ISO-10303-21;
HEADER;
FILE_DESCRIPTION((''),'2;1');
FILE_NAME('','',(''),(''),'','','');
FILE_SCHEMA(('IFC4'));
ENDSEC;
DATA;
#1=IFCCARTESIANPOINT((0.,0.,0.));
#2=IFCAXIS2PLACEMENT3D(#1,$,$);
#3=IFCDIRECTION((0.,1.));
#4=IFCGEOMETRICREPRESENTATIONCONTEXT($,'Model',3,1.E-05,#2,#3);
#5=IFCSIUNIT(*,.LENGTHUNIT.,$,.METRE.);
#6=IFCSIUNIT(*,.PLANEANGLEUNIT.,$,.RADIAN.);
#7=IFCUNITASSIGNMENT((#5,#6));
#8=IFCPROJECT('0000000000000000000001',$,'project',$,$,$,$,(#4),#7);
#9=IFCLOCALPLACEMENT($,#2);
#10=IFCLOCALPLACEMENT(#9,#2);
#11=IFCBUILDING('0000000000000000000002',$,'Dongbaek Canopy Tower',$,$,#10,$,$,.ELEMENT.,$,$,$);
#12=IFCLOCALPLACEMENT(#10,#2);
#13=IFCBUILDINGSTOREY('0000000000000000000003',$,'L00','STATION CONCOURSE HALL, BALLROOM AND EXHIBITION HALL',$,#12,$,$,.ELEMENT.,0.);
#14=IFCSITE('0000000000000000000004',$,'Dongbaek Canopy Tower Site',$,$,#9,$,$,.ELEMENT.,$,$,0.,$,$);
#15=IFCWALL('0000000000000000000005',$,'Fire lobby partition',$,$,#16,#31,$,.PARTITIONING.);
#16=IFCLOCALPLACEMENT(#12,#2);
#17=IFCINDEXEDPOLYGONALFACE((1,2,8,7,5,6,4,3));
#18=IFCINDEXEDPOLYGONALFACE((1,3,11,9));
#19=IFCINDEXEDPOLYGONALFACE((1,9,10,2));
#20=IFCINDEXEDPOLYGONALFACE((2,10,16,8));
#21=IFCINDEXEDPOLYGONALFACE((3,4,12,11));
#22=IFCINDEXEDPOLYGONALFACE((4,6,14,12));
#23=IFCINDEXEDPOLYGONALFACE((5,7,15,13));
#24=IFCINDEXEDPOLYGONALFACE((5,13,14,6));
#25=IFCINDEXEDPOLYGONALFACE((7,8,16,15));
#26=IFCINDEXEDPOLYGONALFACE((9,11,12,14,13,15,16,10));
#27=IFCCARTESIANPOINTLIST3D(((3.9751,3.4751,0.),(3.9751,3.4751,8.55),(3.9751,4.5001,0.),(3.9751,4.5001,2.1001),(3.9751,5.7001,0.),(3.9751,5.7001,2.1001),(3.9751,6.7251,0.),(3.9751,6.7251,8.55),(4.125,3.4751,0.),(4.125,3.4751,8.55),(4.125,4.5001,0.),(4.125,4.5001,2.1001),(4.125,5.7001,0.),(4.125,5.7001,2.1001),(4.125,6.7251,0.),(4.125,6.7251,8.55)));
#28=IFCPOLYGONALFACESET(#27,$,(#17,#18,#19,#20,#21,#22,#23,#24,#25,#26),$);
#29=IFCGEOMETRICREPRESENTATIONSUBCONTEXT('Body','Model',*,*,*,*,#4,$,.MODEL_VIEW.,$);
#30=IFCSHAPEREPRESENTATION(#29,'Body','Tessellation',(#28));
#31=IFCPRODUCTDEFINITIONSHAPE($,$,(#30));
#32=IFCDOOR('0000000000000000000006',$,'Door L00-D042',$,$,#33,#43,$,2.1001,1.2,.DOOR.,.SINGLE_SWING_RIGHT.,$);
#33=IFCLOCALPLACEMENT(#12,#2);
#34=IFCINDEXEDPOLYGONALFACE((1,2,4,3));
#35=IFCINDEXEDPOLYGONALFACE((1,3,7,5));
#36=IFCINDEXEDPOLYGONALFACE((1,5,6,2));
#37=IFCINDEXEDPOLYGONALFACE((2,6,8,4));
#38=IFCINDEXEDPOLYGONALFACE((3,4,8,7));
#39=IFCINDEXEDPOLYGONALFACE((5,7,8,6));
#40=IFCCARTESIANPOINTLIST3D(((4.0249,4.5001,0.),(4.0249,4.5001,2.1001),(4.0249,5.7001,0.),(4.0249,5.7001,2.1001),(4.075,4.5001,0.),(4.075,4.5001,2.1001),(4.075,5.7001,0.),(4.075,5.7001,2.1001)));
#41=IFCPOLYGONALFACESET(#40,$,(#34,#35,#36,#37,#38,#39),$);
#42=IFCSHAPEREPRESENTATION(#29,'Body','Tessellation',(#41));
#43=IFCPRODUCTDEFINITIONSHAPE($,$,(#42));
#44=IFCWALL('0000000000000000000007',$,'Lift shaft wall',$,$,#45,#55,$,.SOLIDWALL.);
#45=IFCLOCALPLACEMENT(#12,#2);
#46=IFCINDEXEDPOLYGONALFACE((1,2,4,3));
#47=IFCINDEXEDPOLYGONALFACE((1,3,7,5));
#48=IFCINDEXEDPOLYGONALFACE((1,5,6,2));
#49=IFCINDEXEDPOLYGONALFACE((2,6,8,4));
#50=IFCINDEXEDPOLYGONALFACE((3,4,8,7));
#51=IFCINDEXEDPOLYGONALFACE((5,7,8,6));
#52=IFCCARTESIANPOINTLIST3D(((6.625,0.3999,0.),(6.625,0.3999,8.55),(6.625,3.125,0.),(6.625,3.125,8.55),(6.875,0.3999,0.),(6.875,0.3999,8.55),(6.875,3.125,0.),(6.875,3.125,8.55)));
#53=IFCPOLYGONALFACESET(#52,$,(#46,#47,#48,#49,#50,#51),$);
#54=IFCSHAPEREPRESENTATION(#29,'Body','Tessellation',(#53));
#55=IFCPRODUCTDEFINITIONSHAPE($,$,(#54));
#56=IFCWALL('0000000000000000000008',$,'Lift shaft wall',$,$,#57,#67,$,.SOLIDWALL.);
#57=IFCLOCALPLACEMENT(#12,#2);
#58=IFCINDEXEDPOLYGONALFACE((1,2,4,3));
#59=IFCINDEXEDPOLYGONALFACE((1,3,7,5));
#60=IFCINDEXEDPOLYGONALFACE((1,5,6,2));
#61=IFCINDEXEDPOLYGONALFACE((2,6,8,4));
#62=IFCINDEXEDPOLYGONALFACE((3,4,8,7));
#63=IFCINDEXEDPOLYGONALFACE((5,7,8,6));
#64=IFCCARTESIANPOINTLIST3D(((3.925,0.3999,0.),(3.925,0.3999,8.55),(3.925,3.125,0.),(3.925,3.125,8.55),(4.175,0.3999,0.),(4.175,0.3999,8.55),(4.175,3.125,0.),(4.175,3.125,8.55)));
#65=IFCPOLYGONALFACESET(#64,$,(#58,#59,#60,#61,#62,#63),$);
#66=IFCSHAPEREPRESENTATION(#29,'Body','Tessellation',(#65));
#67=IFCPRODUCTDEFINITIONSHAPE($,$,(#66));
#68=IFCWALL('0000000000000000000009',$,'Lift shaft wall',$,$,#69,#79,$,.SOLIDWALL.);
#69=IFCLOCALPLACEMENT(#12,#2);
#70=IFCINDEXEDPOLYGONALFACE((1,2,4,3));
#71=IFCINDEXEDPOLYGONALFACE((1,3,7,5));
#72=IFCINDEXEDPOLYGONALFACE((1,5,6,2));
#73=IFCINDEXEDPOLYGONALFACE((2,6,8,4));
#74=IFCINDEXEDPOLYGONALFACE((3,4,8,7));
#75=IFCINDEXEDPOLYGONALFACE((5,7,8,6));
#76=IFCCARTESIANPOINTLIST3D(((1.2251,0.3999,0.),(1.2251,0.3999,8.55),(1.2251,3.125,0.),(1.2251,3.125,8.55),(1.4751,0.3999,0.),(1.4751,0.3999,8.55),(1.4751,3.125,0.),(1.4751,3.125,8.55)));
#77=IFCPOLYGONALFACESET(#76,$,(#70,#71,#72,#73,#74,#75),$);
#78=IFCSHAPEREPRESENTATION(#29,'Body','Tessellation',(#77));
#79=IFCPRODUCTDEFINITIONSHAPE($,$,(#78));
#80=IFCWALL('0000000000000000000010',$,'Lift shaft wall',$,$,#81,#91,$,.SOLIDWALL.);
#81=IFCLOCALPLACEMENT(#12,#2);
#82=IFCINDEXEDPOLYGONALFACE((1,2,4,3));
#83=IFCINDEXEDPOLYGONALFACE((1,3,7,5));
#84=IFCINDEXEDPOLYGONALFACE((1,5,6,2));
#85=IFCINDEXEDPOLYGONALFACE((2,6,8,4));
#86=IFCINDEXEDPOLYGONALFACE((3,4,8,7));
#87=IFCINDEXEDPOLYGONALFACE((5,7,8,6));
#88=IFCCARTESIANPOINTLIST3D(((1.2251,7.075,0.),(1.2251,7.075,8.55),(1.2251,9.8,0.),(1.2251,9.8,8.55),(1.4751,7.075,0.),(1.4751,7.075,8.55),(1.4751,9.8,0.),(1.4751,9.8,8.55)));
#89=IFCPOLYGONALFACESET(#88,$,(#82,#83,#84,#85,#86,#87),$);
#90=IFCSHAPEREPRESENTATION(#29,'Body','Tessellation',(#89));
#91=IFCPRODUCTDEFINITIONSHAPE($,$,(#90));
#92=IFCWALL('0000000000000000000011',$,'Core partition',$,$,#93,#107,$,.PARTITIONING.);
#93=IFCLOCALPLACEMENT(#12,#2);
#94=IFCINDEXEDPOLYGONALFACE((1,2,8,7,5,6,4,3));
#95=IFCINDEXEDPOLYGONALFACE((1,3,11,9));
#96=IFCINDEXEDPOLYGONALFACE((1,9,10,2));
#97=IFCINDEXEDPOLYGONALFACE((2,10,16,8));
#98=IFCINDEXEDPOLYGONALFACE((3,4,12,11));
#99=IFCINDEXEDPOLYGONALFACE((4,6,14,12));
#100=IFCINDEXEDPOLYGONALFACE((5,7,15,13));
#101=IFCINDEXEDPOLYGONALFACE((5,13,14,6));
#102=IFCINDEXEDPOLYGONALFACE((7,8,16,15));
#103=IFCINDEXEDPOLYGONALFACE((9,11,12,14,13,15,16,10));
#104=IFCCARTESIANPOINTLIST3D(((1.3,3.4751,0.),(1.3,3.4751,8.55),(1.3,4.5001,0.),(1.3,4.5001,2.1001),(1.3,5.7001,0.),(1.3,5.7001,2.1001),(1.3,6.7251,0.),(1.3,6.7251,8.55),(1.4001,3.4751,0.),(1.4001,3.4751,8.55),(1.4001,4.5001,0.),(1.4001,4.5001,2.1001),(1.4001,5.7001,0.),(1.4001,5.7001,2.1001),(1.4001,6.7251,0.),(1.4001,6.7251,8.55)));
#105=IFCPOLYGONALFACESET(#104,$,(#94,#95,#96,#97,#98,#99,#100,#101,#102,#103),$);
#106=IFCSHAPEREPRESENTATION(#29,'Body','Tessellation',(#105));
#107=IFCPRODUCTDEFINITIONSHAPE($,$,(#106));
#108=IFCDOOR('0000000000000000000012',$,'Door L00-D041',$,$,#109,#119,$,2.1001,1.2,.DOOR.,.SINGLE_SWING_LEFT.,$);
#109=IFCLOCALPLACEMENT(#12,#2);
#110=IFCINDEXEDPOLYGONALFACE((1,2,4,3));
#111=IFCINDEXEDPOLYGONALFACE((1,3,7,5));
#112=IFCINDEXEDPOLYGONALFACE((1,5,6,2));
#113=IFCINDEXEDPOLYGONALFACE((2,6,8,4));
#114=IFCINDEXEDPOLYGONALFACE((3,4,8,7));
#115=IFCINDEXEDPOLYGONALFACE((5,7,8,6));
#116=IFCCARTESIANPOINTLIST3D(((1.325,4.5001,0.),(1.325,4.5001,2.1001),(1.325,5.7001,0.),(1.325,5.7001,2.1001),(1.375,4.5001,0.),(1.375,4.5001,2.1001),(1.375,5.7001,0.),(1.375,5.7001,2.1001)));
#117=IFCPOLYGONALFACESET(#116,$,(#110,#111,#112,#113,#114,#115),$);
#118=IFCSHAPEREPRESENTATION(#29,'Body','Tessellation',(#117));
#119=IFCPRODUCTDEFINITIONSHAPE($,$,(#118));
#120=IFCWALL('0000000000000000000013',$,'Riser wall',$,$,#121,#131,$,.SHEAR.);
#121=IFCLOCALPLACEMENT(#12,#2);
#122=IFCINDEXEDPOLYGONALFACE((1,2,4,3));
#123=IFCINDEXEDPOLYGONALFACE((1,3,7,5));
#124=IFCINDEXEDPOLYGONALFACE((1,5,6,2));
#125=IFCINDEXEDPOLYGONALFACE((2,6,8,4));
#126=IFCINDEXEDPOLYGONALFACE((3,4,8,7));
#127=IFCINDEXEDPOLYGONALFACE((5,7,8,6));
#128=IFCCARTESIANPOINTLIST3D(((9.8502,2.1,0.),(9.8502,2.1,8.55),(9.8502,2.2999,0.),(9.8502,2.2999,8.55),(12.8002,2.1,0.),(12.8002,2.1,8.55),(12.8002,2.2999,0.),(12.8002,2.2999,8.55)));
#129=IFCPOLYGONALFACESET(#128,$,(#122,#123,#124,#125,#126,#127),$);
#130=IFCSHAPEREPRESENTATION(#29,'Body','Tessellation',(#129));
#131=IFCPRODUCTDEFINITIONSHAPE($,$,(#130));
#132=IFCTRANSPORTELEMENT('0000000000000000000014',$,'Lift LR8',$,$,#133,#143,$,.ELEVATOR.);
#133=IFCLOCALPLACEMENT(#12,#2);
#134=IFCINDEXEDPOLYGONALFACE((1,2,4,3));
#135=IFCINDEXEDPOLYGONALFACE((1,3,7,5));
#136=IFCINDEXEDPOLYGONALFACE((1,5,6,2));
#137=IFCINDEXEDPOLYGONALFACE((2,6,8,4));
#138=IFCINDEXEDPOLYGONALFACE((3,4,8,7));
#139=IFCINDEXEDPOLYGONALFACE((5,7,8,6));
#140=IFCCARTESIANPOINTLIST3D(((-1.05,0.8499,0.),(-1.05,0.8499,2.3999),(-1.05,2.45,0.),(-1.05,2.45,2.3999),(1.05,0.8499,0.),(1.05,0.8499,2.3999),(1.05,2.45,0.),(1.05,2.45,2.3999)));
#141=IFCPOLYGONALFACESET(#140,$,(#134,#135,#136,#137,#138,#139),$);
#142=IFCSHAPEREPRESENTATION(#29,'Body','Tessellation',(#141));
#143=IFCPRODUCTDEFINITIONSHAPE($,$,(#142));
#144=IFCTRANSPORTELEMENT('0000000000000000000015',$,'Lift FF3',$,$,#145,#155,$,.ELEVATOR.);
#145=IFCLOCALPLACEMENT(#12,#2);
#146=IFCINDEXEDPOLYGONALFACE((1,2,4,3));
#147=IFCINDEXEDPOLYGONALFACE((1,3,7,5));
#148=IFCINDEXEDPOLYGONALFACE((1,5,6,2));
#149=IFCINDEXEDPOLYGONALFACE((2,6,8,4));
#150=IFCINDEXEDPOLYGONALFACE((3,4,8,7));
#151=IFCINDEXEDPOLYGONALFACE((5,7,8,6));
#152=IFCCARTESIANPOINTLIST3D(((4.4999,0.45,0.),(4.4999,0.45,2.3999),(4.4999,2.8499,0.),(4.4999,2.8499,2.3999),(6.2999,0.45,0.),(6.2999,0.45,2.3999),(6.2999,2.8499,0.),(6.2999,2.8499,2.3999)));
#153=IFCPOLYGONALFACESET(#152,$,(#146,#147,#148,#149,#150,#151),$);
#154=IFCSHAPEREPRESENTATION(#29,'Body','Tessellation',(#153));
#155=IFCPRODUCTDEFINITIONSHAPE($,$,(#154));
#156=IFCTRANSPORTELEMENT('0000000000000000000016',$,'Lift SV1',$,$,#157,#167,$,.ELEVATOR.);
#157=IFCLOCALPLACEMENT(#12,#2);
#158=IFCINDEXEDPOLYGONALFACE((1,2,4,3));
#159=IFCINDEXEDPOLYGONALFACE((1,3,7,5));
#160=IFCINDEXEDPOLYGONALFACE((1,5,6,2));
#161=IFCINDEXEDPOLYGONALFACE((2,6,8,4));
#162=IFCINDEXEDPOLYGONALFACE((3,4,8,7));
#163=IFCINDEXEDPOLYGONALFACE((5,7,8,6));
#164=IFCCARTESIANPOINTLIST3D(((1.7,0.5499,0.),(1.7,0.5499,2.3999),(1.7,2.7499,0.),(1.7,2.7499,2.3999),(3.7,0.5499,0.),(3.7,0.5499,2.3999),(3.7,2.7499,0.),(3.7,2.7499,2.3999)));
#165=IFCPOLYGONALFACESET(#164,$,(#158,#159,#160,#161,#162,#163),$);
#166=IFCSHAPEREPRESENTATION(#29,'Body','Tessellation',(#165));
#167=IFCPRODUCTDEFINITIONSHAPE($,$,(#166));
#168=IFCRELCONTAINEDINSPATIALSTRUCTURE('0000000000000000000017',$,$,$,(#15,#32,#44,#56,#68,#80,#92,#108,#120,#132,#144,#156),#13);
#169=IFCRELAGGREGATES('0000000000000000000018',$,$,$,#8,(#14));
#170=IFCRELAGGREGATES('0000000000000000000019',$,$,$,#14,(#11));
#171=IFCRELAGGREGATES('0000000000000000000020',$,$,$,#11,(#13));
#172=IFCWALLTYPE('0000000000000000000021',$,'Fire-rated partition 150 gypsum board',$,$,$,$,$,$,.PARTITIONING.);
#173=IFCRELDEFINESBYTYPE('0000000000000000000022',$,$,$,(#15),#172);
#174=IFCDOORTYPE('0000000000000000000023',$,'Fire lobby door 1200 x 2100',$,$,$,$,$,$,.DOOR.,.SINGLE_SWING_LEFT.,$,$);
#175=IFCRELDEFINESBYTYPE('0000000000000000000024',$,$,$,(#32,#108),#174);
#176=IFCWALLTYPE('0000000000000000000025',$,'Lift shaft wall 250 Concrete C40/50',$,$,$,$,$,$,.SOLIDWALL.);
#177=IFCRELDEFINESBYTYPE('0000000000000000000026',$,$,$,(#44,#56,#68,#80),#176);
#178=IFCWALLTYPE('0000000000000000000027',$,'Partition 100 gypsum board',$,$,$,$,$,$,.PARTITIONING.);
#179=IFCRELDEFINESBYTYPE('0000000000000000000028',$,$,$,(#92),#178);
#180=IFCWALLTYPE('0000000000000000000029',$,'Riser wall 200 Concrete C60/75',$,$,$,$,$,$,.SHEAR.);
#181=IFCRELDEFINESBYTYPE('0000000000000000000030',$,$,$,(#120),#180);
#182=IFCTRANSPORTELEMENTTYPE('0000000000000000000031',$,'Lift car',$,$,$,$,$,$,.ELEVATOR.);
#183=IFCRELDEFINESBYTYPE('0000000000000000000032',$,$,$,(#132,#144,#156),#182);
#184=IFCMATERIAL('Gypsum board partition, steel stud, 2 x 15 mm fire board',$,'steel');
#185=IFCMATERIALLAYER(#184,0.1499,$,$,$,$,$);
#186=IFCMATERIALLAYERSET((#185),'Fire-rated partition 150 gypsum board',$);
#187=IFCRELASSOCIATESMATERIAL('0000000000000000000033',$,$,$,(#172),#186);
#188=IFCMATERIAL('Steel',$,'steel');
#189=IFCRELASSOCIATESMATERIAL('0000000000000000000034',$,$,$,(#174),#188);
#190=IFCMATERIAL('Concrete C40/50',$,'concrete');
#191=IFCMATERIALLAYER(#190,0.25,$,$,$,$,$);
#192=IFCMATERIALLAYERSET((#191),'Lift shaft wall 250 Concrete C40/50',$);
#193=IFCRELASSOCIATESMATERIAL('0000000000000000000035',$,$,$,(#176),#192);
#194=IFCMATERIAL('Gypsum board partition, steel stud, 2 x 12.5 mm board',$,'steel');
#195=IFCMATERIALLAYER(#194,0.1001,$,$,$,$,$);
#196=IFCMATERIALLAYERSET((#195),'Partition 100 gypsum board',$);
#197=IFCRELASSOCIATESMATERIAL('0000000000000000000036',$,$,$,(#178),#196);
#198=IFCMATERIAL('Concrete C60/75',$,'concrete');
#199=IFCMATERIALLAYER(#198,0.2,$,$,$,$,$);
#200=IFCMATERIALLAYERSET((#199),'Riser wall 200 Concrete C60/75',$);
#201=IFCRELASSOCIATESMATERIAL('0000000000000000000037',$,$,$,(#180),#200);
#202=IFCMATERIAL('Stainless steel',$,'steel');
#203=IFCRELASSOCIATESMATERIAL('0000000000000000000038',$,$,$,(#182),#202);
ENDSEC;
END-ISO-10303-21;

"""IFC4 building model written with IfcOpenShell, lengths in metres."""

from ifc_helpers import new_model, si_unit, direction, frame, frame_2d, origin, origin_2d, place, context, subcontext, project, spatial, rectangle, extrude, material, layer, layer_set, type_object, element, fill, save


model = new_model("IFC4")

# Units and contexts
model_context = context("Model", 3, precision=1e-05, world=origin(), true_north=direction((0.0, 1.0)))
body_context = subcontext(model_context, "Body", "Model", "MODEL_VIEW")
ifc_project = project(units=[si_unit("LENGTHUNIT", "METRE"), si_unit("PLANEANGLEUNIT", "RADIAN")], contexts=[model_context])

# Site, building, storey
site_placement = place(None, origin())
site = spatial("IfcSite", under=ifc_project, at=site_placement, Name="Dongbaek Canopy Tower Site", CompositionType="ELEMENT", RefElevation=0.0)
building_placement = place(site_placement, origin())
building = spatial("IfcBuilding", under=site, at=building_placement, Name="Dongbaek Canopy Tower", CompositionType="ELEMENT")
storey_placement = place(building_placement, origin())
storey = spatial("IfcBuildingStorey", under=building, at=storey_placement, Name="L00", Description="STATION CONCOURSE HALL, BALLROOM AND EXHIBITION HALL", CompositionType="ELEMENT", Elevation=0.0)

# Wall, opening, door
ifc_material_1 = material(Name="Gypsum board partition, steel stud, 2 x 15 mm fire board", Category="steel")
ifc_layer_1 = layer(ifc_material_1, 0.1499)
ifc_layer_set_1 = layer_set([ifc_layer_1], Name="Fire-rated partition 150 gypsum board")
wall_type_1 = type_object("IfcWallType", Name="Fire-rated partition 150 gypsum board", PredefinedType="PARTITIONING", material=ifc_layer_set_1)
wall_1_placement = place(storey_placement, frame((4.05, 6.7251, 0.0), z_axis=(0.0, 0.0, 1.0), x_axis=(0.0, -1.0, 0.0)))
wall_1 = element("IfcWall", 1, at=wall_1_placement, inside=storey, type_object=wall_type_1, Name="Fire lobby partition", PredefinedType="PARTITIONING", context=body_context, shape_type="SweptSolid", body=[
    extrude(rectangle(XDim=3.25, YDim=0.1499, at=frame_2d((1.625, 0.0))), origin(), (0.0, 0.0, 1.0), 8.55),
])
opening_1_placement = place(wall_1_placement, frame((1.0249, 0.0, 0.0)))
opening_1 = element("IfcOpeningElement", 2, at=opening_1_placement, cuts=wall_1, PredefinedType="OPENING", context=body_context, shape_type="SweptSolid", body=[
    extrude(rectangle(XDim=1.2, YDim=2.1001, at=frame_2d((0.6001, 1.05))), frame((0.0, 0.085, 0.0), z_axis=(0.0, -1.0, 0.0), x_axis=(1.0, 0.0, 0.0)), (0.0, 0.0, 1.0), 0.1699),
])
ifc_material_2 = material(Name="Steel", Category="steel")
door_type_1 = type_object("IfcDoorType", Name="Fire lobby door 1200 x 2100", OperationType="SINGLE_SWING_LEFT", PredefinedType="DOOR", material=ifc_material_2)
door_1_placement = place(opening_1_placement, origin())
door_1 = element("IfcDoor", 3, at=door_1_placement, inside=storey, type_object=door_type_1, Name="Door L00-D042", OperationType="SINGLE_SWING_RIGHT", OverallHeight=2.1001, OverallWidth=1.2, PredefinedType="DOOR", context=body_context, shape_type="SweptSolid", body=[
    extrude(rectangle(XDim=1.2, YDim=2.1001, at=frame_2d((0.6001, 1.05))), frame((0.0, 0.0249, 0.0), z_axis=(0.0, -1.0, 0.0), x_axis=(1.0, 0.0, 0.0)), (0.0, 0.0, 1.0), 0.05),
])
fill(opening_1, door_1)

# Walls
ifc_material_3 = material(Name="Concrete C40/50", Category="concrete")
ifc_layer_2 = layer(ifc_material_3, 0.25)
ifc_layer_set_2 = layer_set([ifc_layer_2], Name="Lift shaft wall 250 Concrete C40/50")
wall_type_2 = type_object("IfcWallType", Name="Lift shaft wall 250 Concrete C40/50", PredefinedType="SOLIDWALL", material=ifc_layer_set_2)
for number, where, z_axis, x_axis, name in (
    (4, (6.75, 0.3999, 0.0), (0.0, 0.0, 1.0), (0.0, 1.0, 0.0), "Lift shaft wall"),
    (5, (4.05, 0.3999, 0.0), (0.0, 0.0, 1.0), (0.0, 1.0, 0.0), "Lift shaft wall"),
    (6, (1.3501, 0.3999, 0.0), (0.0, 0.0, 1.0), (0.0, 1.0, 0.0), "Lift shaft wall"),
    (7, (1.3501, 7.075, 0.0), (0.0, 0.0, 1.0), (0.0, 1.0, 0.0), "Lift shaft wall"),
):
    element("IfcWall", number, at=place(storey_placement, frame(where, z_axis=z_axis, x_axis=x_axis)), inside=storey, type_object=wall_type_2, Name=name, PredefinedType="SOLIDWALL", context=body_context, shape_type="SweptSolid", body=[
        extrude(rectangle(XDim=2.7251, YDim=0.25, at=frame_2d((1.3625, 0.0))), origin(), (0.0, 0.0, 1.0), 8.55),
    ])

# Wall, opening, door
ifc_material_4 = material(Name="Gypsum board partition, steel stud, 2 x 12.5 mm board", Category="steel")
ifc_layer_3 = layer(ifc_material_4, 0.1001)
ifc_layer_set_3 = layer_set([ifc_layer_3], Name="Partition 100 gypsum board")
wall_type_3 = type_object("IfcWallType", Name="Partition 100 gypsum board", PredefinedType="PARTITIONING", material=ifc_layer_set_3)
wall_2_placement = place(storey_placement, frame((1.3501, 6.7251, 0.0), z_axis=(0.0, 0.0, 1.0), x_axis=(0.0, -1.0, 0.0)))
wall_2 = element("IfcWall", 8, at=wall_2_placement, inside=storey, type_object=wall_type_3, Name="Core partition", PredefinedType="PARTITIONING", context=body_context, shape_type="SweptSolid", body=[
    extrude(rectangle(XDim=3.25, YDim=0.1001, at=frame_2d((1.625, 0.0))), origin(), (0.0, 0.0, 1.0), 8.55),
])
opening_2_placement = place(wall_2_placement, frame((1.0249, 0.0, 0.0)))
opening_2 = element("IfcOpeningElement", 9, at=opening_2_placement, cuts=wall_2, PredefinedType="OPENING", context=body_context, shape_type="SweptSolid", body=[
    extrude(rectangle(XDim=1.2, YDim=2.1001, at=frame_2d((0.6001, 1.05))), frame((0.0, 0.0601, 0.0), z_axis=(0.0, -1.0, 0.0), x_axis=(1.0, 0.0, 0.0)), (0.0, 0.0, 1.0), 0.1201),
])
door_2_placement = place(opening_2_placement, origin())
door_2 = element("IfcDoor", 10, at=door_2_placement, inside=storey, type_object=door_type_1, Name="Door L00-D041", OperationType="SINGLE_SWING_LEFT", OverallHeight=2.1001, OverallWidth=1.2, PredefinedType="DOOR", context=body_context, shape_type="SweptSolid", body=[
    extrude(rectangle(XDim=1.2, YDim=2.1001, at=frame_2d((0.6001, 1.05))), frame((0.0, 0.0249, 0.0), z_axis=(0.0, -1.0, 0.0), x_axis=(1.0, 0.0, 0.0)), (0.0, 0.0, 1.0), 0.05),
])
fill(opening_2, door_2)

# Wall
ifc_material_5 = material(Name="Concrete C60/75", Category="concrete")
ifc_layer_4 = layer(ifc_material_5, 0.2)
ifc_layer_set_4 = layer_set([ifc_layer_4], Name="Riser wall 200 Concrete C60/75")
wall_type_4 = type_object("IfcWallType", Name="Riser wall 200 Concrete C60/75", PredefinedType="SHEAR", material=ifc_layer_set_4)
wall_3_placement = place(storey_placement, frame((9.8501, 2.2, 0.0), z_axis=(0.0, 0.0, 1.0), x_axis=(1.0, 0.0, 0.0)))
element("IfcWall", 11, at=wall_3_placement, inside=storey, type_object=wall_type_4, Name="Riser wall", PredefinedType="SHEAR", context=body_context, shape_type="SweptSolid", body=[
    extrude(rectangle(XDim=2.95, YDim=0.2, at=frame_2d((1.4751, 0.0))), origin(), (0.0, 0.0, 1.0), 8.55),
])

# Transport elements
ifc_material_6 = material(Name="Stainless steel", Category="steel")
transport_element_type = type_object("IfcTransportElementType", Name="Lift car", PredefinedType="ELEVATOR", material=ifc_material_6)
transport_element_1_placement = place(storey_placement, frame((0.0, 1.6499, 0.0), z_axis=(0.0, 0.0, 1.0), x_axis=(1.0, 0.0, 0.0)))
element("IfcTransportElement", 12, at=transport_element_1_placement, inside=storey, type_object=transport_element_type, Name="Lift LR8", PredefinedType="ELEVATOR", context=body_context, shape_type="SweptSolid", body=[
    extrude(rectangle(XDim=2.1001, YDim=1.6001, at=origin_2d()), origin(), (0.0, 0.0, 1.0), 2.3999),
])
transport_element_2_placement = place(storey_placement, frame((5.3999, 1.6499, 0.0), z_axis=(0.0, 0.0, 1.0), x_axis=(1.0, 0.0, 0.0)))
element("IfcTransportElement", 13, at=transport_element_2_placement, inside=storey, type_object=transport_element_type, Name="Lift FF3", PredefinedType="ELEVATOR", context=body_context, shape_type="SweptSolid", body=[
    extrude(rectangle(XDim=1.8, YDim=2.3999, at=origin_2d()), origin(), (0.0, 0.0, 1.0), 2.3999),
])
transport_element_3_placement = place(storey_placement, frame((2.7, 1.6499, 0.0), z_axis=(0.0, 0.0, 1.0), x_axis=(1.0, 0.0, 0.0)))
element("IfcTransportElement", 14, at=transport_element_3_placement, inside=storey, type_object=transport_element_type, Name="Lift SV1", PredefinedType="ELEVATOR", context=body_context, shape_type="SweptSolid", body=[
    extrude(rectangle(XDim=2.0, YDim=2.2, at=origin_2d()), origin(), (0.0, 0.0, 1.0), 2.3999),
])

save(model, "model.ifc")
